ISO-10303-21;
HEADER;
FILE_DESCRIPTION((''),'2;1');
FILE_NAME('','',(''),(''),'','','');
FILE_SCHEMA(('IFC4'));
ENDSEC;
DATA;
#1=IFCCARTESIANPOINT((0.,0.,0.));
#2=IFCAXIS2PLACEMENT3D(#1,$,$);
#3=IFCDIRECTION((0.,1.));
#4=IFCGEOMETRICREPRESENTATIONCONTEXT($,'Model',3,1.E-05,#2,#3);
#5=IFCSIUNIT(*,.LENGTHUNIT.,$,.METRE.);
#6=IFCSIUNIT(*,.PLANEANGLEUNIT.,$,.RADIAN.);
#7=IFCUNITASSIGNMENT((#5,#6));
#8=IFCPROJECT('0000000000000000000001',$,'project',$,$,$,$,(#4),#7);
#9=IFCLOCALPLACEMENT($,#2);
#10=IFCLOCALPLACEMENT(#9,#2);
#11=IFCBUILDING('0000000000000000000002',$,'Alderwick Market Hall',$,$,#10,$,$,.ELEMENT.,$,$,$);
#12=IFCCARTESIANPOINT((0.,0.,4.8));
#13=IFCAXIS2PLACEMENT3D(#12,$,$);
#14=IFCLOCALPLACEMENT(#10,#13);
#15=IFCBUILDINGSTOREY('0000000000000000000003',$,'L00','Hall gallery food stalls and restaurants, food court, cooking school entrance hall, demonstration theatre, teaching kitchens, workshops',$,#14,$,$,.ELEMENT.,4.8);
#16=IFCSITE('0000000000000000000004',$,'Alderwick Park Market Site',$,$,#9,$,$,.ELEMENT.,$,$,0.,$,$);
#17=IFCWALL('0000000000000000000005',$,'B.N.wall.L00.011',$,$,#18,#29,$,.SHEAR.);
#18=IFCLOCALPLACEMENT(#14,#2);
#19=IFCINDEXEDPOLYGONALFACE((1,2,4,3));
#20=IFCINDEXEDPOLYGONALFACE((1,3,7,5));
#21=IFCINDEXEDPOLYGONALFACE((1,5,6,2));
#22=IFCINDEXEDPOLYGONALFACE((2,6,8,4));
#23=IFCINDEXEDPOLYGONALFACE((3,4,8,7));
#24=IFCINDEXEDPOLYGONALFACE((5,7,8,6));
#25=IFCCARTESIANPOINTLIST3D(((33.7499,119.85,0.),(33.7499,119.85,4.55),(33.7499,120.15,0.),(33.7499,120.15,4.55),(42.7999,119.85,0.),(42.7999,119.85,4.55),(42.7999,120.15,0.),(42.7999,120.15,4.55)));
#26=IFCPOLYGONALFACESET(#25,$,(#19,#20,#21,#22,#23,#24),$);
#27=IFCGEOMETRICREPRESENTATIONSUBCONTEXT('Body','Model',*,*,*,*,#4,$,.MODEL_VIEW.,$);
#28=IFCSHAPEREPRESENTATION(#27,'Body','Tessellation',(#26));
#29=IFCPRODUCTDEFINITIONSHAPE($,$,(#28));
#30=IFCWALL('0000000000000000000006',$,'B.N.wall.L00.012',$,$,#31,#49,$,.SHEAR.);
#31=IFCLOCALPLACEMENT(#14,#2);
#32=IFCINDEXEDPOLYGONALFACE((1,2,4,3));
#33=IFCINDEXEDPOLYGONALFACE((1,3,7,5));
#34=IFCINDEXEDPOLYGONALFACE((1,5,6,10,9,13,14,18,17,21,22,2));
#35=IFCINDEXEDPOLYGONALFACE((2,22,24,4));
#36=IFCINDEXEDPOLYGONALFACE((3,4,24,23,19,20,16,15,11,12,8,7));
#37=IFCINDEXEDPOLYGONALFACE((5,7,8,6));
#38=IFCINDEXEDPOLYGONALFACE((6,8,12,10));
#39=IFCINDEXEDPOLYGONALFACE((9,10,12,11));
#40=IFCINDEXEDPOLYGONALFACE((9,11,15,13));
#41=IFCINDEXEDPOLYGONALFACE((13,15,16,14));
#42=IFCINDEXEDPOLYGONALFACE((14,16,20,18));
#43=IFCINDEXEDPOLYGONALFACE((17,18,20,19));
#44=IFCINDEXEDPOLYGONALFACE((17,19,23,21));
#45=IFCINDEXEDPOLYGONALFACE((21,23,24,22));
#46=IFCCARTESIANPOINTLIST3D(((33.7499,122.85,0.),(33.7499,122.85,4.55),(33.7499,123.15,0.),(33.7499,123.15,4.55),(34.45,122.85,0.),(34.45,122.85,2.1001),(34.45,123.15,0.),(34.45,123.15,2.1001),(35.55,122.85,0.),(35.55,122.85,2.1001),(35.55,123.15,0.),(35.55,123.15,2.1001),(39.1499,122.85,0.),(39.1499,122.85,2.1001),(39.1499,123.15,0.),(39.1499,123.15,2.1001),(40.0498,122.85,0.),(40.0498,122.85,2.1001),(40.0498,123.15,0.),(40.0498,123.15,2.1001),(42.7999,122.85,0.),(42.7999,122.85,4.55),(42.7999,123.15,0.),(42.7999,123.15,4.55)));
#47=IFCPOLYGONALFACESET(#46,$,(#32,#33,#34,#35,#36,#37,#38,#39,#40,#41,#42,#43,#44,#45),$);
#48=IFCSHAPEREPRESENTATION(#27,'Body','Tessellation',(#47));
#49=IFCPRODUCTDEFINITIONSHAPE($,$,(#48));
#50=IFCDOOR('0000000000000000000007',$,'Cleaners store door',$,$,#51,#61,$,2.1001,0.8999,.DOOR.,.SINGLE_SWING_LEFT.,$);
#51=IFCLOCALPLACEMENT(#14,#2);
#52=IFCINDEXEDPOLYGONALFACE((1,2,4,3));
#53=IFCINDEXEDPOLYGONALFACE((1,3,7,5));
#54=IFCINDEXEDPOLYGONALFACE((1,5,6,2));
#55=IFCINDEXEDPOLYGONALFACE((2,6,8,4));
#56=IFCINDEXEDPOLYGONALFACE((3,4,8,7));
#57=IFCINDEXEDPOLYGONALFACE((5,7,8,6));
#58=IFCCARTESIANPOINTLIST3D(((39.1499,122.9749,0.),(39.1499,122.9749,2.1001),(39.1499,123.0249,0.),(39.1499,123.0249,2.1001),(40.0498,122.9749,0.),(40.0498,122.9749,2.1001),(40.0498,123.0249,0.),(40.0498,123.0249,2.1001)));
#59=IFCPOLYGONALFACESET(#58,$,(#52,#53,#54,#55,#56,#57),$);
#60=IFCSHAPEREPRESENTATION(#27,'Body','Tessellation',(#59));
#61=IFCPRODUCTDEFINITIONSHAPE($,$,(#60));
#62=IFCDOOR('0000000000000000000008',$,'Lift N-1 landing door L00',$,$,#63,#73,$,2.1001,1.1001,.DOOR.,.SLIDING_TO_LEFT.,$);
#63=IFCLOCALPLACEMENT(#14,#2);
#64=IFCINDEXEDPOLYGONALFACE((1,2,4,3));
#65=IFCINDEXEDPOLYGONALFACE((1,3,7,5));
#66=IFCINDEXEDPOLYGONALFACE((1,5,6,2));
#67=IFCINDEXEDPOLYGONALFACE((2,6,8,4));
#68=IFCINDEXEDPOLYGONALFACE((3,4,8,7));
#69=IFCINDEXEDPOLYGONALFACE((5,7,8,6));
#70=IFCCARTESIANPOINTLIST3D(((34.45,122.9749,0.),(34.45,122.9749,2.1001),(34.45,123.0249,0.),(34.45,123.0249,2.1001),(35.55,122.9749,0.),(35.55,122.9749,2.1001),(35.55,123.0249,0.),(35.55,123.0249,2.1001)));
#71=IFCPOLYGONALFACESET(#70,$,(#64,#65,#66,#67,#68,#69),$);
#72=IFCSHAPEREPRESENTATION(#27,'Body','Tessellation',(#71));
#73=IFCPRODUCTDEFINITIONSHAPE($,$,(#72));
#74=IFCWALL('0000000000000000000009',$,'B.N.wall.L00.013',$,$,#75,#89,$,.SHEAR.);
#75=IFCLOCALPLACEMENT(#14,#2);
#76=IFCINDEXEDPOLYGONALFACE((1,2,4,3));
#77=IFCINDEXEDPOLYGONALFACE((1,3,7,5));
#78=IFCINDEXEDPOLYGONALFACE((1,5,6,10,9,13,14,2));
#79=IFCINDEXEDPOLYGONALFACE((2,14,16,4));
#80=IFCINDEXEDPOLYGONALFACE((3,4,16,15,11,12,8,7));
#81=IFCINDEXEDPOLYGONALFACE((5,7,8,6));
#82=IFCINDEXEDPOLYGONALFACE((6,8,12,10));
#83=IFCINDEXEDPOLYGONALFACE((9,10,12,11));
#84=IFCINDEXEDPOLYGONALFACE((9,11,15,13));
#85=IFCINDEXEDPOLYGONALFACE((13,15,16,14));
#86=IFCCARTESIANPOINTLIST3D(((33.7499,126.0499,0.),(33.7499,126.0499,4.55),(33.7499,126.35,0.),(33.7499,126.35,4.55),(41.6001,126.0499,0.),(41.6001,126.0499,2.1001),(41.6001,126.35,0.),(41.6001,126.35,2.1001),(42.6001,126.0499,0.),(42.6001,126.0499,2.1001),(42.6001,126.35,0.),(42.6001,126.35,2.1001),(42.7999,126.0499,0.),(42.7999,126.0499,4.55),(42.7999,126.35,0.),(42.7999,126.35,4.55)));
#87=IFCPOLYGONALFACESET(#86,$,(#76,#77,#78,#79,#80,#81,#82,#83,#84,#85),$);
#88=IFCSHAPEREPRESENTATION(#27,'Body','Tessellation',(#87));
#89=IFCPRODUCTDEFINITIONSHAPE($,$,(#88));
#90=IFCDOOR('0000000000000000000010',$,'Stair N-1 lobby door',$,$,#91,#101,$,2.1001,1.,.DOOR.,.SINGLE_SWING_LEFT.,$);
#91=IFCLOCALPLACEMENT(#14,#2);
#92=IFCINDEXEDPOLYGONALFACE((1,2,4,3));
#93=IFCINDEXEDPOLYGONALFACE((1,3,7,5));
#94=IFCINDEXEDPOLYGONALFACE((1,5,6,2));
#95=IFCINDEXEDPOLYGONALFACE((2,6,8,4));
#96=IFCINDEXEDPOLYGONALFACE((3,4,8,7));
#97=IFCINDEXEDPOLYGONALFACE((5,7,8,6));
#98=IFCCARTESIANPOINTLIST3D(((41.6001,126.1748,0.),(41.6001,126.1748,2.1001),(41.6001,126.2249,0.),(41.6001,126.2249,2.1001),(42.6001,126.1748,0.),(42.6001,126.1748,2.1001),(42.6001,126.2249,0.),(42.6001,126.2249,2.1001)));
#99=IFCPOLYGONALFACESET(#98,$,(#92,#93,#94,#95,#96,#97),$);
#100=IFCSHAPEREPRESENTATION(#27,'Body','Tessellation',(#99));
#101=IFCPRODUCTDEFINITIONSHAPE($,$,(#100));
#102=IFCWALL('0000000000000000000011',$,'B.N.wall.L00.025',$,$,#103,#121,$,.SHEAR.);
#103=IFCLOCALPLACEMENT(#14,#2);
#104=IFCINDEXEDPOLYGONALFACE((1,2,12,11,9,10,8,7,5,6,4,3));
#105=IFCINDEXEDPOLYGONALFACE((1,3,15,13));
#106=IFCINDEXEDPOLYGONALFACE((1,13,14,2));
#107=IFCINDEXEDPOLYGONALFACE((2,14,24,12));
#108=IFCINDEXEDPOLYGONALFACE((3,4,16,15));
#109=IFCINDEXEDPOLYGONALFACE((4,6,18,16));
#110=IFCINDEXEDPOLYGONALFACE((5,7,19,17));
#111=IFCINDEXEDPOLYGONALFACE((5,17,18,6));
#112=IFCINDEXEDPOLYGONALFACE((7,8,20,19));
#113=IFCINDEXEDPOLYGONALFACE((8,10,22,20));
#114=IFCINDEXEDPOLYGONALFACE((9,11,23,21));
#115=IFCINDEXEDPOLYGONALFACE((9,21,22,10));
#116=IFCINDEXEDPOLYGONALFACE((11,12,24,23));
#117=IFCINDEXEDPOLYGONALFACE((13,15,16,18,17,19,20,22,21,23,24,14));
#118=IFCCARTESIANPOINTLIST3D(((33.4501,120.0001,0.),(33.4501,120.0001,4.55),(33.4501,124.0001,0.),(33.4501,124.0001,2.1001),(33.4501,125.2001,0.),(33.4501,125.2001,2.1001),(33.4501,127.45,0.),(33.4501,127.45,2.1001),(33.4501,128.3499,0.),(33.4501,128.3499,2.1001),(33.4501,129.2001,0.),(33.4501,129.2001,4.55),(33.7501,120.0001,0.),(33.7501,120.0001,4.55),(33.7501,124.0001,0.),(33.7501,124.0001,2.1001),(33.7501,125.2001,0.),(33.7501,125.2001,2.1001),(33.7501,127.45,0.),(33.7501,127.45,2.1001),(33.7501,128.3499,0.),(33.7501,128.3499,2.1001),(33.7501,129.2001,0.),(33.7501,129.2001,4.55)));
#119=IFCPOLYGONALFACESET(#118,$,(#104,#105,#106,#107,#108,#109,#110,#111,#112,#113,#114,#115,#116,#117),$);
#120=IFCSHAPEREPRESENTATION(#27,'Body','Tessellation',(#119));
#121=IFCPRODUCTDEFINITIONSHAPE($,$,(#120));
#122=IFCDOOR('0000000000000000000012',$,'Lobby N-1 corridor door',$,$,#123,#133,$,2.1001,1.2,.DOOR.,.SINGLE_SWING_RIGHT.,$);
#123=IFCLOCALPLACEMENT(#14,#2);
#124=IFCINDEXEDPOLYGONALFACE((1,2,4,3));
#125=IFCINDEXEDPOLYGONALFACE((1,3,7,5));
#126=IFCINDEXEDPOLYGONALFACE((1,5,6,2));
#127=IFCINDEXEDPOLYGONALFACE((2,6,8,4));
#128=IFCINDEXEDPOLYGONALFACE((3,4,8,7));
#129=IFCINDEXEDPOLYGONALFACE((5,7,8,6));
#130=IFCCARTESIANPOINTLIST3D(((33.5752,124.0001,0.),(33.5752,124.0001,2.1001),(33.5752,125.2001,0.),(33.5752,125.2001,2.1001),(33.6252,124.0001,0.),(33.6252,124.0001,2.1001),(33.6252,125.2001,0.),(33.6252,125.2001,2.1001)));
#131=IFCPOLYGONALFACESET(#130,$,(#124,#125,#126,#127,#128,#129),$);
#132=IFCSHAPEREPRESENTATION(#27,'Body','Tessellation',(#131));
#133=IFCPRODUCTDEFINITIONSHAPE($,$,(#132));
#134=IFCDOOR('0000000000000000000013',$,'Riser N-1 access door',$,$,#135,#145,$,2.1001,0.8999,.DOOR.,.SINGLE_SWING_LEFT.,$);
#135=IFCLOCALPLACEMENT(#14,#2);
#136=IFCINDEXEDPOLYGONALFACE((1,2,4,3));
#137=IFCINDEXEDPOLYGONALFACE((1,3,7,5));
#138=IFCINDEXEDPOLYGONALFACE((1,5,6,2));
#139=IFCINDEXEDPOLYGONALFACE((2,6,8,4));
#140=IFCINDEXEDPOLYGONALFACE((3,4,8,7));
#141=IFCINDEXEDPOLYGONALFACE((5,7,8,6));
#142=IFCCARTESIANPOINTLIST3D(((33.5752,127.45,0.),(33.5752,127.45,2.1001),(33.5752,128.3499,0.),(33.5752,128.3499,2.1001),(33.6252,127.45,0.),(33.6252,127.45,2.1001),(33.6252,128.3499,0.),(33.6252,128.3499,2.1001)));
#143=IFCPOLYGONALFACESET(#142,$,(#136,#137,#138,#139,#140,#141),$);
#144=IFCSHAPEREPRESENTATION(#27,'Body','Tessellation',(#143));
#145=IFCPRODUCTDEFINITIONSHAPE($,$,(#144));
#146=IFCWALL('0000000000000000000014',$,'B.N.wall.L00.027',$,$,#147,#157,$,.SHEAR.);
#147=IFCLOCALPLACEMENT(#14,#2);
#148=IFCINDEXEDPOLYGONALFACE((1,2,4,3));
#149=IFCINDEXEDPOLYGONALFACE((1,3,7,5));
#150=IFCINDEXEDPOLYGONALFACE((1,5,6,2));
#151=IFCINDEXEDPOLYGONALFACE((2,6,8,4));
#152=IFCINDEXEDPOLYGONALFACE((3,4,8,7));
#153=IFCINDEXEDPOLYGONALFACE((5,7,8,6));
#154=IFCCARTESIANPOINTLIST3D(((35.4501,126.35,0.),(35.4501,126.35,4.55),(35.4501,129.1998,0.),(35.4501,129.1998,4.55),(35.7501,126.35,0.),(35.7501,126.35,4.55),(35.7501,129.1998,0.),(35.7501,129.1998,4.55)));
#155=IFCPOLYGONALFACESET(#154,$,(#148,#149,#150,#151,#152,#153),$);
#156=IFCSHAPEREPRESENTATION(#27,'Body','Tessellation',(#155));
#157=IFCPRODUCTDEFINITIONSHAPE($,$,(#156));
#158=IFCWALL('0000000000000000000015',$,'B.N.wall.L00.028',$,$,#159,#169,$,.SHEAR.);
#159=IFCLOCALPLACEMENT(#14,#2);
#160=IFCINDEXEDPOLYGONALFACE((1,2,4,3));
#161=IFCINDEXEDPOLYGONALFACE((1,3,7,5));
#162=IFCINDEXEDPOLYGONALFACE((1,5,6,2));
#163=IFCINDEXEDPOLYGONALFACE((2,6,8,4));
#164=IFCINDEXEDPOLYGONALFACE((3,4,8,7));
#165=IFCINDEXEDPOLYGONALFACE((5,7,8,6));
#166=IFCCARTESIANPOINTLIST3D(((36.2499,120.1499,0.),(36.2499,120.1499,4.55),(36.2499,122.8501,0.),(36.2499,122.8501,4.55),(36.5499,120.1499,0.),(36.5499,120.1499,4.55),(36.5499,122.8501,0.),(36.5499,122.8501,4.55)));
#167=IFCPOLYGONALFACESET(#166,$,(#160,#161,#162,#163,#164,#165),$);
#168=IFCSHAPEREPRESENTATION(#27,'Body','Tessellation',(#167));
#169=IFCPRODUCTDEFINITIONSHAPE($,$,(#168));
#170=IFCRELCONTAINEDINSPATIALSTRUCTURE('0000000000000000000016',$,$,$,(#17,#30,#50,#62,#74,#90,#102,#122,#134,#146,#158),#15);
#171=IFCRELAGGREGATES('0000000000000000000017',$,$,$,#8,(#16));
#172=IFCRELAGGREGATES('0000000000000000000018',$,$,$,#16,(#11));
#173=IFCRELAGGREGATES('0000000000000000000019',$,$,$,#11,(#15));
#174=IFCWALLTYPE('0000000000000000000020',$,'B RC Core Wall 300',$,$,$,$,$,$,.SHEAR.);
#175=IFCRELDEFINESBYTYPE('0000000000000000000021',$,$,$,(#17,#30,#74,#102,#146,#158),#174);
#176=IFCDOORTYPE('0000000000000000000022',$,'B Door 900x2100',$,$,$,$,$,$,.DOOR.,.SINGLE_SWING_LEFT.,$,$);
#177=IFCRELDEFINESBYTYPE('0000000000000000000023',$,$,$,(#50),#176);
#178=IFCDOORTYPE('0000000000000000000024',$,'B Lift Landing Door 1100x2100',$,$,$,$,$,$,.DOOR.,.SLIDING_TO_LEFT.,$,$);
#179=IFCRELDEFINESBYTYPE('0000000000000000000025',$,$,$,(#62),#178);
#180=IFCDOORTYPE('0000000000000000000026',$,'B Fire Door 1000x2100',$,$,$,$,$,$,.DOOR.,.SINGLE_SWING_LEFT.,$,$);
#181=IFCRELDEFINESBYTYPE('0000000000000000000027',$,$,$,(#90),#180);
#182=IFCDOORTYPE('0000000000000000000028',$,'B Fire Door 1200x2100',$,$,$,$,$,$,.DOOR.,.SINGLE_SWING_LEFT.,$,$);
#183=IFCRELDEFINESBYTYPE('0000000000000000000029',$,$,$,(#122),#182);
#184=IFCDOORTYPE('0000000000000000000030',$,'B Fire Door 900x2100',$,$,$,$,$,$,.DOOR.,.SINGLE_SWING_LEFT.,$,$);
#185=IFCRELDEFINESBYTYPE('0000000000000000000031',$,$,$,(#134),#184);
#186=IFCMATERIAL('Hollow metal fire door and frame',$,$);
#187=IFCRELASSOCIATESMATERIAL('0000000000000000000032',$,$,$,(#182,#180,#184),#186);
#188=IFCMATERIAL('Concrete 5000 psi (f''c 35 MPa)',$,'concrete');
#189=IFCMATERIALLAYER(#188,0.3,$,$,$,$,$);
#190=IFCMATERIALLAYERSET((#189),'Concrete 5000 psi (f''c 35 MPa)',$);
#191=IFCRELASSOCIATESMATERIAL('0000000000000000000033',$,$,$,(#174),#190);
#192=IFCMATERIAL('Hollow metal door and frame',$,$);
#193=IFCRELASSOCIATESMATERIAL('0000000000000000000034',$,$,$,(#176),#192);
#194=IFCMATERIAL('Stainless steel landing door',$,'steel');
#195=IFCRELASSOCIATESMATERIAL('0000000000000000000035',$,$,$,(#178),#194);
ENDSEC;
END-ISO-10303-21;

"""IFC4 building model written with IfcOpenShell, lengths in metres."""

from ifc_helpers import new_model, si_unit, direction, frame, frame_2d, origin, place, context, subcontext, project, spatial, rectangle, extrude, material, layer, layer_set, type_object, element, fill, save


model = new_model("IFC4")

# Units and contexts
model_context = context("Model", 3, precision=1e-05, world=origin(), true_north=direction((0.0, 1.0)))
body_context = subcontext(model_context, "Body", "Model", "MODEL_VIEW")
ifc_project = project(units=[si_unit("LENGTHUNIT", "METRE"), si_unit("PLANEANGLEUNIT", "RADIAN")], contexts=[model_context])

# Site, building, storey
site_placement = place(None, origin())
site = spatial("IfcSite", under=ifc_project, at=site_placement, Name="Alderwick Park Market Site", CompositionType="ELEMENT", RefElevation=0.0)
building_placement = place(site_placement, origin())
building = spatial("IfcBuilding", under=site, at=building_placement, Name="Alderwick Market Hall", CompositionType="ELEMENT")
storey_placement = place(building_placement, frame((0.0, 0.0, 4.8)))
storey = spatial("IfcBuildingStorey", under=building, at=storey_placement, Name="L00", Description="Hall gallery food stalls and restaurants, food court, cooking school entrance hall, demonstration theatre, teaching kitchens, workshops", CompositionType="ELEMENT", Elevation=4.8)

# Shared definitions
ifc_material_1 = material(Name="Concrete 5000 psi (f'c 35 MPa)", Category="concrete")

# Shared definitions
ifc_material_2 = material(Name="Hollow metal fire door and frame")
door_type_1 = type_object("IfcDoorType", Name="B Fire Door 1200x2100", OperationType="SINGLE_SWING_LEFT", PredefinedType="DOOR", material=ifc_material_2)

# Wall
ifc_layer_1 = layer(ifc_material_1, 0.3)
ifc_layer_set_1 = layer_set([ifc_layer_1], Name="Concrete 5000 psi (f'c 35 MPa)")
wall_type_1 = type_object("IfcWallType", Name="B RC Core Wall 300", PredefinedType="SHEAR", material=ifc_layer_set_1)
wall_1_placement = place(storey_placement, frame((33.75, 120.0, 0.0), z_axis=(0.0, 0.0, 1.0), x_axis=(1.0, 0.0, 0.0)))
element("IfcWall", 1, at=wall_1_placement, inside=storey, type_object=wall_type_1, Name="B.N.wall.L00.011", PredefinedType="SHEAR", context=body_context, shape_type="SweptSolid", body=[
    extrude(rectangle(XDim=9.05, YDim=0.3, at=frame_2d((4.5249, 0.0))), origin(), (0.0, 0.0, 1.0), 4.55),
])

# Wall, openings, doors
wall_2_placement = place(storey_placement, frame((33.75, 123.0, 0.0), z_axis=(0.0, 0.0, 1.0), x_axis=(1.0, 0.0, 0.0)))
wall_2 = element("IfcWall", 2, at=wall_2_placement, inside=storey, type_object=wall_type_1, Name="B.N.wall.L00.012", PredefinedType="SHEAR", context=body_context, shape_type="SweptSolid", body=[
    extrude(rectangle(XDim=9.05, YDim=0.3, at=frame_2d((4.5249, 0.0))), origin(), (0.0, 0.0, 1.0), 4.55),
])
opening_1_placement = place(wall_2_placement, frame((0.7, 0.0, 0.0)))
opening_1 = element("IfcOpeningElement", 3, at=opening_1_placement, cuts=wall_2, PredefinedType="OPENING", context=body_context, shape_type="SweptSolid", body=[
    extrude(rectangle(XDim=1.1001, YDim=2.1001, at=frame_2d((0.55, 1.05))), frame((0.0, 0.1599, 0.0), z_axis=(0.0, -1.0, 0.0), x_axis=(1.0, 0.0, 0.0)), (0.0, 0.0, 1.0), 0.3201),
])
opening_2_placement = place(wall_2_placement, frame((5.3999, 0.0, 0.0)))
opening_2 = element("IfcOpeningElement", 4, at=opening_2_placement, cuts=wall_2, PredefinedType="OPENING", context=body_context, shape_type="SweptSolid", body=[
    extrude(rectangle(XDim=0.8999, YDim=2.1001, at=frame_2d((0.45, 1.05))), frame((0.0, 0.1599, 0.0), z_axis=(0.0, -1.0, 0.0), x_axis=(1.0, 0.0, 0.0)), (0.0, 0.0, 1.0), 0.3201),
])
ifc_material_3 = material(Name="Hollow metal door and frame")
door_type_2 = type_object("IfcDoorType", Name="B Door 900x2100", OperationType="SINGLE_SWING_LEFT", PredefinedType="DOOR", material=ifc_material_3)
door_1_placement = place(opening_2_placement, origin())
door_1 = element("IfcDoor", 5, at=door_1_placement, inside=storey, type_object=door_type_2, Name="Cleaners store door", OperationType="SINGLE_SWING_LEFT", OverallHeight=2.1001, OverallWidth=0.8999, PredefinedType="DOOR", context=body_context, shape_type="SweptSolid", body=[
    extrude(rectangle(XDim=0.8999, YDim=2.1001, at=frame_2d((0.45, 1.05))), frame((0.0, 0.0249, 0.0), z_axis=(0.0, -1.0, 0.0), x_axis=(1.0, 0.0, 0.0)), (0.0, 0.0, 1.0), 0.05),
])
fill(opening_2, door_1)
ifc_material_4 = material(Name="Stainless steel landing door", Category="steel")
door_type_3 = type_object("IfcDoorType", Name="B Lift Landing Door 1100x2100", OperationType="SLIDING_TO_LEFT", PredefinedType="DOOR", material=ifc_material_4)
door_2_placement = place(opening_1_placement, origin())
door_2 = element("IfcDoor", 6, at=door_2_placement, inside=storey, type_object=door_type_3, Name="Lift N-1 landing door L00", OperationType="SLIDING_TO_LEFT", OverallHeight=2.1001, OverallWidth=1.1001, PredefinedType="DOOR", context=body_context, shape_type="SweptSolid", body=[
    extrude(rectangle(XDim=1.1001, YDim=2.1001, at=frame_2d((0.55, 1.05))), frame((0.0, 0.0249, 0.0), z_axis=(0.0, -1.0, 0.0), x_axis=(1.0, 0.0, 0.0)), (0.0, 0.0, 1.0), 0.05),
])
fill(opening_1, door_2)

# Wall, opening, door
wall_3_placement = place(storey_placement, frame((33.75, 126.2, 0.0), z_axis=(0.0, 0.0, 1.0), x_axis=(1.0, 0.0, 0.0)))
wall_3 = element("IfcWall", 7, at=wall_3_placement, inside=storey, type_object=wall_type_1, Name="B.N.wall.L00.013", PredefinedType="SHEAR", context=body_context, shape_type="SweptSolid", body=[
    extrude(rectangle(XDim=9.05, YDim=0.3, at=frame_2d((4.5249, 0.0))), origin(), (0.0, 0.0, 1.0), 4.55),
])
opening_3_placement = place(wall_3_placement, frame((7.8501, 0.0, 0.0)))
opening_3 = element("IfcOpeningElement", 8, at=opening_3_placement, cuts=wall_3, PredefinedType="OPENING", context=body_context, shape_type="SweptSolid", body=[
    extrude(rectangle(XDim=1.0, YDim=2.1001, at=frame_2d((0.5, 1.05))), frame((0.0, 0.1599, 0.0), z_axis=(0.0, -1.0, 0.0), x_axis=(1.0, 0.0, 0.0)), (0.0, 0.0, 1.0), 0.3201),
])
door_type_4 = type_object("IfcDoorType", Name="B Fire Door 1000x2100", OperationType="SINGLE_SWING_LEFT", PredefinedType="DOOR", material=ifc_material_2)
door_3_placement = place(opening_3_placement, origin())
door_3 = element("IfcDoor", 9, at=door_3_placement, inside=storey, type_object=door_type_4, Name="Stair N-1 lobby door", OperationType="SINGLE_SWING_LEFT", OverallHeight=2.1001, OverallWidth=1.0, PredefinedType="DOOR", context=body_context, shape_type="SweptSolid", body=[
    extrude(rectangle(XDim=1.0, YDim=2.1001, at=frame_2d((0.5, 1.05))), frame((0.0, 0.0249, 0.0), z_axis=(0.0, -1.0, 0.0), x_axis=(1.0, 0.0, 0.0)), (0.0, 0.0, 1.0), 0.05),
])
fill(opening_3, door_3)

# Wall, openings, doors
wall_4_placement = place(storey_placement, frame((33.6001, 120.0, 0.0), z_axis=(0.0, 0.0, 1.0), x_axis=(0.0, 1.0, 0.0)))
wall_4 = element("IfcWall", 10, at=wall_4_placement, inside=storey, type_object=wall_type_1, Name="B.N.wall.L00.025", PredefinedType="SHEAR", context=body_context, shape_type="SweptSolid", body=[
    extrude(rectangle(XDim=9.2, YDim=0.3, at=frame_2d((4.6001, 0.0))), origin(), (0.0, 0.0, 1.0), 4.55),
])
opening_4_placement = place(wall_4_placement, frame((4.0, 0.0, 0.0)))
opening_4 = element("IfcOpeningElement", 11, at=opening_4_placement, cuts=wall_4, PredefinedType="OPENING", context=body_context, shape_type="SweptSolid", body=[
    extrude(rectangle(XDim=1.2, YDim=2.1001, at=frame_2d((0.6001, 1.05))), frame((0.0, 0.1599, 0.0), z_axis=(0.0, -1.0, 0.0), x_axis=(1.0, 0.0, 0.0)), (0.0, 0.0, 1.0), 0.3201),
])
opening_5_placement = place(wall_4_placement, frame((7.45, 0.0, 0.0)))
opening_5 = element("IfcOpeningElement", 12, at=opening_5_placement, cuts=wall_4, PredefinedType="OPENING", context=body_context, shape_type="SweptSolid", body=[
    extrude(rectangle(XDim=0.8999, YDim=2.1001, at=frame_2d((0.45, 1.05))), frame((0.0, 0.1599, 0.0), z_axis=(0.0, -1.0, 0.0), x_axis=(1.0, 0.0, 0.0)), (0.0, 0.0, 1.0), 0.3201),
])
door_4_placement = place(opening_4_placement, origin())
door_4 = element("IfcDoor", 13, at=door_4_placement, inside=storey, type_object=door_type_1, Name="Lobby N-1 corridor door", OperationType="SINGLE_SWING_RIGHT", OverallHeight=2.1001, OverallWidth=1.2, PredefinedType="DOOR", context=body_context, shape_type="SweptSolid", body=[
    extrude(rectangle(XDim=1.2, YDim=2.1001, at=frame_2d((0.6001, 1.05))), frame((0.0, 0.0249, 0.0), z_axis=(0.0, -1.0, 0.0), x_axis=(1.0, 0.0, 0.0)), (0.0, 0.0, 1.0), 0.05),
])
fill(opening_4, door_4)
door_type_5 = type_object("IfcDoorType", Name="B Fire Door 900x2100", OperationType="SINGLE_SWING_LEFT", PredefinedType="DOOR", material=ifc_material_2)
door_5_placement = place(opening_5_placement, origin())
door_5 = element("IfcDoor", 14, at=door_5_placement, inside=storey, type_object=door_type_5, Name="Riser N-1 access door", OperationType="SINGLE_SWING_LEFT", OverallHeight=2.1001, OverallWidth=0.8999, PredefinedType="DOOR", context=body_context, shape_type="SweptSolid", body=[
    extrude(rectangle(XDim=0.8999, YDim=2.1001, at=frame_2d((0.45, 1.05))), frame((0.0, 0.0249, 0.0), z_axis=(0.0, -1.0, 0.0), x_axis=(1.0, 0.0, 0.0)), (0.0, 0.0, 1.0), 0.05),
])
fill(opening_5, door_5)

# Walls
wall_5_placement = place(storey_placement, frame((35.6001, 126.3501, 0.0), z_axis=(0.0, 0.0, 1.0), x_axis=(0.0, 1.0, 0.0)))
element("IfcWall", 15, at=wall_5_placement, inside=storey, type_object=wall_type_1, Name="B.N.wall.L00.027", PredefinedType="SHEAR", context=body_context, shape_type="SweptSolid", body=[
    extrude(rectangle(XDim=2.8499, YDim=0.3, at=frame_2d((1.4248, 0.0))), origin(), (0.0, 0.0, 1.0), 4.55),
])
wall_6_placement = place(storey_placement, frame((36.3999, 120.1499, 0.0), z_axis=(0.0, 0.0, 1.0), x_axis=(0.0, 1.0, 0.0)))
element("IfcWall", 16, at=wall_6_placement, inside=storey, type_object=wall_type_1, Name="B.N.wall.L00.028", PredefinedType="SHEAR", context=body_context, shape_type="SweptSolid", body=[
    extrude(rectangle(XDim=2.7002, YDim=0.3, at=frame_2d((1.3501, 0.0))), origin(), (0.0, 0.0, 1.0), 4.55),
])

save(model, "model.ifc")
